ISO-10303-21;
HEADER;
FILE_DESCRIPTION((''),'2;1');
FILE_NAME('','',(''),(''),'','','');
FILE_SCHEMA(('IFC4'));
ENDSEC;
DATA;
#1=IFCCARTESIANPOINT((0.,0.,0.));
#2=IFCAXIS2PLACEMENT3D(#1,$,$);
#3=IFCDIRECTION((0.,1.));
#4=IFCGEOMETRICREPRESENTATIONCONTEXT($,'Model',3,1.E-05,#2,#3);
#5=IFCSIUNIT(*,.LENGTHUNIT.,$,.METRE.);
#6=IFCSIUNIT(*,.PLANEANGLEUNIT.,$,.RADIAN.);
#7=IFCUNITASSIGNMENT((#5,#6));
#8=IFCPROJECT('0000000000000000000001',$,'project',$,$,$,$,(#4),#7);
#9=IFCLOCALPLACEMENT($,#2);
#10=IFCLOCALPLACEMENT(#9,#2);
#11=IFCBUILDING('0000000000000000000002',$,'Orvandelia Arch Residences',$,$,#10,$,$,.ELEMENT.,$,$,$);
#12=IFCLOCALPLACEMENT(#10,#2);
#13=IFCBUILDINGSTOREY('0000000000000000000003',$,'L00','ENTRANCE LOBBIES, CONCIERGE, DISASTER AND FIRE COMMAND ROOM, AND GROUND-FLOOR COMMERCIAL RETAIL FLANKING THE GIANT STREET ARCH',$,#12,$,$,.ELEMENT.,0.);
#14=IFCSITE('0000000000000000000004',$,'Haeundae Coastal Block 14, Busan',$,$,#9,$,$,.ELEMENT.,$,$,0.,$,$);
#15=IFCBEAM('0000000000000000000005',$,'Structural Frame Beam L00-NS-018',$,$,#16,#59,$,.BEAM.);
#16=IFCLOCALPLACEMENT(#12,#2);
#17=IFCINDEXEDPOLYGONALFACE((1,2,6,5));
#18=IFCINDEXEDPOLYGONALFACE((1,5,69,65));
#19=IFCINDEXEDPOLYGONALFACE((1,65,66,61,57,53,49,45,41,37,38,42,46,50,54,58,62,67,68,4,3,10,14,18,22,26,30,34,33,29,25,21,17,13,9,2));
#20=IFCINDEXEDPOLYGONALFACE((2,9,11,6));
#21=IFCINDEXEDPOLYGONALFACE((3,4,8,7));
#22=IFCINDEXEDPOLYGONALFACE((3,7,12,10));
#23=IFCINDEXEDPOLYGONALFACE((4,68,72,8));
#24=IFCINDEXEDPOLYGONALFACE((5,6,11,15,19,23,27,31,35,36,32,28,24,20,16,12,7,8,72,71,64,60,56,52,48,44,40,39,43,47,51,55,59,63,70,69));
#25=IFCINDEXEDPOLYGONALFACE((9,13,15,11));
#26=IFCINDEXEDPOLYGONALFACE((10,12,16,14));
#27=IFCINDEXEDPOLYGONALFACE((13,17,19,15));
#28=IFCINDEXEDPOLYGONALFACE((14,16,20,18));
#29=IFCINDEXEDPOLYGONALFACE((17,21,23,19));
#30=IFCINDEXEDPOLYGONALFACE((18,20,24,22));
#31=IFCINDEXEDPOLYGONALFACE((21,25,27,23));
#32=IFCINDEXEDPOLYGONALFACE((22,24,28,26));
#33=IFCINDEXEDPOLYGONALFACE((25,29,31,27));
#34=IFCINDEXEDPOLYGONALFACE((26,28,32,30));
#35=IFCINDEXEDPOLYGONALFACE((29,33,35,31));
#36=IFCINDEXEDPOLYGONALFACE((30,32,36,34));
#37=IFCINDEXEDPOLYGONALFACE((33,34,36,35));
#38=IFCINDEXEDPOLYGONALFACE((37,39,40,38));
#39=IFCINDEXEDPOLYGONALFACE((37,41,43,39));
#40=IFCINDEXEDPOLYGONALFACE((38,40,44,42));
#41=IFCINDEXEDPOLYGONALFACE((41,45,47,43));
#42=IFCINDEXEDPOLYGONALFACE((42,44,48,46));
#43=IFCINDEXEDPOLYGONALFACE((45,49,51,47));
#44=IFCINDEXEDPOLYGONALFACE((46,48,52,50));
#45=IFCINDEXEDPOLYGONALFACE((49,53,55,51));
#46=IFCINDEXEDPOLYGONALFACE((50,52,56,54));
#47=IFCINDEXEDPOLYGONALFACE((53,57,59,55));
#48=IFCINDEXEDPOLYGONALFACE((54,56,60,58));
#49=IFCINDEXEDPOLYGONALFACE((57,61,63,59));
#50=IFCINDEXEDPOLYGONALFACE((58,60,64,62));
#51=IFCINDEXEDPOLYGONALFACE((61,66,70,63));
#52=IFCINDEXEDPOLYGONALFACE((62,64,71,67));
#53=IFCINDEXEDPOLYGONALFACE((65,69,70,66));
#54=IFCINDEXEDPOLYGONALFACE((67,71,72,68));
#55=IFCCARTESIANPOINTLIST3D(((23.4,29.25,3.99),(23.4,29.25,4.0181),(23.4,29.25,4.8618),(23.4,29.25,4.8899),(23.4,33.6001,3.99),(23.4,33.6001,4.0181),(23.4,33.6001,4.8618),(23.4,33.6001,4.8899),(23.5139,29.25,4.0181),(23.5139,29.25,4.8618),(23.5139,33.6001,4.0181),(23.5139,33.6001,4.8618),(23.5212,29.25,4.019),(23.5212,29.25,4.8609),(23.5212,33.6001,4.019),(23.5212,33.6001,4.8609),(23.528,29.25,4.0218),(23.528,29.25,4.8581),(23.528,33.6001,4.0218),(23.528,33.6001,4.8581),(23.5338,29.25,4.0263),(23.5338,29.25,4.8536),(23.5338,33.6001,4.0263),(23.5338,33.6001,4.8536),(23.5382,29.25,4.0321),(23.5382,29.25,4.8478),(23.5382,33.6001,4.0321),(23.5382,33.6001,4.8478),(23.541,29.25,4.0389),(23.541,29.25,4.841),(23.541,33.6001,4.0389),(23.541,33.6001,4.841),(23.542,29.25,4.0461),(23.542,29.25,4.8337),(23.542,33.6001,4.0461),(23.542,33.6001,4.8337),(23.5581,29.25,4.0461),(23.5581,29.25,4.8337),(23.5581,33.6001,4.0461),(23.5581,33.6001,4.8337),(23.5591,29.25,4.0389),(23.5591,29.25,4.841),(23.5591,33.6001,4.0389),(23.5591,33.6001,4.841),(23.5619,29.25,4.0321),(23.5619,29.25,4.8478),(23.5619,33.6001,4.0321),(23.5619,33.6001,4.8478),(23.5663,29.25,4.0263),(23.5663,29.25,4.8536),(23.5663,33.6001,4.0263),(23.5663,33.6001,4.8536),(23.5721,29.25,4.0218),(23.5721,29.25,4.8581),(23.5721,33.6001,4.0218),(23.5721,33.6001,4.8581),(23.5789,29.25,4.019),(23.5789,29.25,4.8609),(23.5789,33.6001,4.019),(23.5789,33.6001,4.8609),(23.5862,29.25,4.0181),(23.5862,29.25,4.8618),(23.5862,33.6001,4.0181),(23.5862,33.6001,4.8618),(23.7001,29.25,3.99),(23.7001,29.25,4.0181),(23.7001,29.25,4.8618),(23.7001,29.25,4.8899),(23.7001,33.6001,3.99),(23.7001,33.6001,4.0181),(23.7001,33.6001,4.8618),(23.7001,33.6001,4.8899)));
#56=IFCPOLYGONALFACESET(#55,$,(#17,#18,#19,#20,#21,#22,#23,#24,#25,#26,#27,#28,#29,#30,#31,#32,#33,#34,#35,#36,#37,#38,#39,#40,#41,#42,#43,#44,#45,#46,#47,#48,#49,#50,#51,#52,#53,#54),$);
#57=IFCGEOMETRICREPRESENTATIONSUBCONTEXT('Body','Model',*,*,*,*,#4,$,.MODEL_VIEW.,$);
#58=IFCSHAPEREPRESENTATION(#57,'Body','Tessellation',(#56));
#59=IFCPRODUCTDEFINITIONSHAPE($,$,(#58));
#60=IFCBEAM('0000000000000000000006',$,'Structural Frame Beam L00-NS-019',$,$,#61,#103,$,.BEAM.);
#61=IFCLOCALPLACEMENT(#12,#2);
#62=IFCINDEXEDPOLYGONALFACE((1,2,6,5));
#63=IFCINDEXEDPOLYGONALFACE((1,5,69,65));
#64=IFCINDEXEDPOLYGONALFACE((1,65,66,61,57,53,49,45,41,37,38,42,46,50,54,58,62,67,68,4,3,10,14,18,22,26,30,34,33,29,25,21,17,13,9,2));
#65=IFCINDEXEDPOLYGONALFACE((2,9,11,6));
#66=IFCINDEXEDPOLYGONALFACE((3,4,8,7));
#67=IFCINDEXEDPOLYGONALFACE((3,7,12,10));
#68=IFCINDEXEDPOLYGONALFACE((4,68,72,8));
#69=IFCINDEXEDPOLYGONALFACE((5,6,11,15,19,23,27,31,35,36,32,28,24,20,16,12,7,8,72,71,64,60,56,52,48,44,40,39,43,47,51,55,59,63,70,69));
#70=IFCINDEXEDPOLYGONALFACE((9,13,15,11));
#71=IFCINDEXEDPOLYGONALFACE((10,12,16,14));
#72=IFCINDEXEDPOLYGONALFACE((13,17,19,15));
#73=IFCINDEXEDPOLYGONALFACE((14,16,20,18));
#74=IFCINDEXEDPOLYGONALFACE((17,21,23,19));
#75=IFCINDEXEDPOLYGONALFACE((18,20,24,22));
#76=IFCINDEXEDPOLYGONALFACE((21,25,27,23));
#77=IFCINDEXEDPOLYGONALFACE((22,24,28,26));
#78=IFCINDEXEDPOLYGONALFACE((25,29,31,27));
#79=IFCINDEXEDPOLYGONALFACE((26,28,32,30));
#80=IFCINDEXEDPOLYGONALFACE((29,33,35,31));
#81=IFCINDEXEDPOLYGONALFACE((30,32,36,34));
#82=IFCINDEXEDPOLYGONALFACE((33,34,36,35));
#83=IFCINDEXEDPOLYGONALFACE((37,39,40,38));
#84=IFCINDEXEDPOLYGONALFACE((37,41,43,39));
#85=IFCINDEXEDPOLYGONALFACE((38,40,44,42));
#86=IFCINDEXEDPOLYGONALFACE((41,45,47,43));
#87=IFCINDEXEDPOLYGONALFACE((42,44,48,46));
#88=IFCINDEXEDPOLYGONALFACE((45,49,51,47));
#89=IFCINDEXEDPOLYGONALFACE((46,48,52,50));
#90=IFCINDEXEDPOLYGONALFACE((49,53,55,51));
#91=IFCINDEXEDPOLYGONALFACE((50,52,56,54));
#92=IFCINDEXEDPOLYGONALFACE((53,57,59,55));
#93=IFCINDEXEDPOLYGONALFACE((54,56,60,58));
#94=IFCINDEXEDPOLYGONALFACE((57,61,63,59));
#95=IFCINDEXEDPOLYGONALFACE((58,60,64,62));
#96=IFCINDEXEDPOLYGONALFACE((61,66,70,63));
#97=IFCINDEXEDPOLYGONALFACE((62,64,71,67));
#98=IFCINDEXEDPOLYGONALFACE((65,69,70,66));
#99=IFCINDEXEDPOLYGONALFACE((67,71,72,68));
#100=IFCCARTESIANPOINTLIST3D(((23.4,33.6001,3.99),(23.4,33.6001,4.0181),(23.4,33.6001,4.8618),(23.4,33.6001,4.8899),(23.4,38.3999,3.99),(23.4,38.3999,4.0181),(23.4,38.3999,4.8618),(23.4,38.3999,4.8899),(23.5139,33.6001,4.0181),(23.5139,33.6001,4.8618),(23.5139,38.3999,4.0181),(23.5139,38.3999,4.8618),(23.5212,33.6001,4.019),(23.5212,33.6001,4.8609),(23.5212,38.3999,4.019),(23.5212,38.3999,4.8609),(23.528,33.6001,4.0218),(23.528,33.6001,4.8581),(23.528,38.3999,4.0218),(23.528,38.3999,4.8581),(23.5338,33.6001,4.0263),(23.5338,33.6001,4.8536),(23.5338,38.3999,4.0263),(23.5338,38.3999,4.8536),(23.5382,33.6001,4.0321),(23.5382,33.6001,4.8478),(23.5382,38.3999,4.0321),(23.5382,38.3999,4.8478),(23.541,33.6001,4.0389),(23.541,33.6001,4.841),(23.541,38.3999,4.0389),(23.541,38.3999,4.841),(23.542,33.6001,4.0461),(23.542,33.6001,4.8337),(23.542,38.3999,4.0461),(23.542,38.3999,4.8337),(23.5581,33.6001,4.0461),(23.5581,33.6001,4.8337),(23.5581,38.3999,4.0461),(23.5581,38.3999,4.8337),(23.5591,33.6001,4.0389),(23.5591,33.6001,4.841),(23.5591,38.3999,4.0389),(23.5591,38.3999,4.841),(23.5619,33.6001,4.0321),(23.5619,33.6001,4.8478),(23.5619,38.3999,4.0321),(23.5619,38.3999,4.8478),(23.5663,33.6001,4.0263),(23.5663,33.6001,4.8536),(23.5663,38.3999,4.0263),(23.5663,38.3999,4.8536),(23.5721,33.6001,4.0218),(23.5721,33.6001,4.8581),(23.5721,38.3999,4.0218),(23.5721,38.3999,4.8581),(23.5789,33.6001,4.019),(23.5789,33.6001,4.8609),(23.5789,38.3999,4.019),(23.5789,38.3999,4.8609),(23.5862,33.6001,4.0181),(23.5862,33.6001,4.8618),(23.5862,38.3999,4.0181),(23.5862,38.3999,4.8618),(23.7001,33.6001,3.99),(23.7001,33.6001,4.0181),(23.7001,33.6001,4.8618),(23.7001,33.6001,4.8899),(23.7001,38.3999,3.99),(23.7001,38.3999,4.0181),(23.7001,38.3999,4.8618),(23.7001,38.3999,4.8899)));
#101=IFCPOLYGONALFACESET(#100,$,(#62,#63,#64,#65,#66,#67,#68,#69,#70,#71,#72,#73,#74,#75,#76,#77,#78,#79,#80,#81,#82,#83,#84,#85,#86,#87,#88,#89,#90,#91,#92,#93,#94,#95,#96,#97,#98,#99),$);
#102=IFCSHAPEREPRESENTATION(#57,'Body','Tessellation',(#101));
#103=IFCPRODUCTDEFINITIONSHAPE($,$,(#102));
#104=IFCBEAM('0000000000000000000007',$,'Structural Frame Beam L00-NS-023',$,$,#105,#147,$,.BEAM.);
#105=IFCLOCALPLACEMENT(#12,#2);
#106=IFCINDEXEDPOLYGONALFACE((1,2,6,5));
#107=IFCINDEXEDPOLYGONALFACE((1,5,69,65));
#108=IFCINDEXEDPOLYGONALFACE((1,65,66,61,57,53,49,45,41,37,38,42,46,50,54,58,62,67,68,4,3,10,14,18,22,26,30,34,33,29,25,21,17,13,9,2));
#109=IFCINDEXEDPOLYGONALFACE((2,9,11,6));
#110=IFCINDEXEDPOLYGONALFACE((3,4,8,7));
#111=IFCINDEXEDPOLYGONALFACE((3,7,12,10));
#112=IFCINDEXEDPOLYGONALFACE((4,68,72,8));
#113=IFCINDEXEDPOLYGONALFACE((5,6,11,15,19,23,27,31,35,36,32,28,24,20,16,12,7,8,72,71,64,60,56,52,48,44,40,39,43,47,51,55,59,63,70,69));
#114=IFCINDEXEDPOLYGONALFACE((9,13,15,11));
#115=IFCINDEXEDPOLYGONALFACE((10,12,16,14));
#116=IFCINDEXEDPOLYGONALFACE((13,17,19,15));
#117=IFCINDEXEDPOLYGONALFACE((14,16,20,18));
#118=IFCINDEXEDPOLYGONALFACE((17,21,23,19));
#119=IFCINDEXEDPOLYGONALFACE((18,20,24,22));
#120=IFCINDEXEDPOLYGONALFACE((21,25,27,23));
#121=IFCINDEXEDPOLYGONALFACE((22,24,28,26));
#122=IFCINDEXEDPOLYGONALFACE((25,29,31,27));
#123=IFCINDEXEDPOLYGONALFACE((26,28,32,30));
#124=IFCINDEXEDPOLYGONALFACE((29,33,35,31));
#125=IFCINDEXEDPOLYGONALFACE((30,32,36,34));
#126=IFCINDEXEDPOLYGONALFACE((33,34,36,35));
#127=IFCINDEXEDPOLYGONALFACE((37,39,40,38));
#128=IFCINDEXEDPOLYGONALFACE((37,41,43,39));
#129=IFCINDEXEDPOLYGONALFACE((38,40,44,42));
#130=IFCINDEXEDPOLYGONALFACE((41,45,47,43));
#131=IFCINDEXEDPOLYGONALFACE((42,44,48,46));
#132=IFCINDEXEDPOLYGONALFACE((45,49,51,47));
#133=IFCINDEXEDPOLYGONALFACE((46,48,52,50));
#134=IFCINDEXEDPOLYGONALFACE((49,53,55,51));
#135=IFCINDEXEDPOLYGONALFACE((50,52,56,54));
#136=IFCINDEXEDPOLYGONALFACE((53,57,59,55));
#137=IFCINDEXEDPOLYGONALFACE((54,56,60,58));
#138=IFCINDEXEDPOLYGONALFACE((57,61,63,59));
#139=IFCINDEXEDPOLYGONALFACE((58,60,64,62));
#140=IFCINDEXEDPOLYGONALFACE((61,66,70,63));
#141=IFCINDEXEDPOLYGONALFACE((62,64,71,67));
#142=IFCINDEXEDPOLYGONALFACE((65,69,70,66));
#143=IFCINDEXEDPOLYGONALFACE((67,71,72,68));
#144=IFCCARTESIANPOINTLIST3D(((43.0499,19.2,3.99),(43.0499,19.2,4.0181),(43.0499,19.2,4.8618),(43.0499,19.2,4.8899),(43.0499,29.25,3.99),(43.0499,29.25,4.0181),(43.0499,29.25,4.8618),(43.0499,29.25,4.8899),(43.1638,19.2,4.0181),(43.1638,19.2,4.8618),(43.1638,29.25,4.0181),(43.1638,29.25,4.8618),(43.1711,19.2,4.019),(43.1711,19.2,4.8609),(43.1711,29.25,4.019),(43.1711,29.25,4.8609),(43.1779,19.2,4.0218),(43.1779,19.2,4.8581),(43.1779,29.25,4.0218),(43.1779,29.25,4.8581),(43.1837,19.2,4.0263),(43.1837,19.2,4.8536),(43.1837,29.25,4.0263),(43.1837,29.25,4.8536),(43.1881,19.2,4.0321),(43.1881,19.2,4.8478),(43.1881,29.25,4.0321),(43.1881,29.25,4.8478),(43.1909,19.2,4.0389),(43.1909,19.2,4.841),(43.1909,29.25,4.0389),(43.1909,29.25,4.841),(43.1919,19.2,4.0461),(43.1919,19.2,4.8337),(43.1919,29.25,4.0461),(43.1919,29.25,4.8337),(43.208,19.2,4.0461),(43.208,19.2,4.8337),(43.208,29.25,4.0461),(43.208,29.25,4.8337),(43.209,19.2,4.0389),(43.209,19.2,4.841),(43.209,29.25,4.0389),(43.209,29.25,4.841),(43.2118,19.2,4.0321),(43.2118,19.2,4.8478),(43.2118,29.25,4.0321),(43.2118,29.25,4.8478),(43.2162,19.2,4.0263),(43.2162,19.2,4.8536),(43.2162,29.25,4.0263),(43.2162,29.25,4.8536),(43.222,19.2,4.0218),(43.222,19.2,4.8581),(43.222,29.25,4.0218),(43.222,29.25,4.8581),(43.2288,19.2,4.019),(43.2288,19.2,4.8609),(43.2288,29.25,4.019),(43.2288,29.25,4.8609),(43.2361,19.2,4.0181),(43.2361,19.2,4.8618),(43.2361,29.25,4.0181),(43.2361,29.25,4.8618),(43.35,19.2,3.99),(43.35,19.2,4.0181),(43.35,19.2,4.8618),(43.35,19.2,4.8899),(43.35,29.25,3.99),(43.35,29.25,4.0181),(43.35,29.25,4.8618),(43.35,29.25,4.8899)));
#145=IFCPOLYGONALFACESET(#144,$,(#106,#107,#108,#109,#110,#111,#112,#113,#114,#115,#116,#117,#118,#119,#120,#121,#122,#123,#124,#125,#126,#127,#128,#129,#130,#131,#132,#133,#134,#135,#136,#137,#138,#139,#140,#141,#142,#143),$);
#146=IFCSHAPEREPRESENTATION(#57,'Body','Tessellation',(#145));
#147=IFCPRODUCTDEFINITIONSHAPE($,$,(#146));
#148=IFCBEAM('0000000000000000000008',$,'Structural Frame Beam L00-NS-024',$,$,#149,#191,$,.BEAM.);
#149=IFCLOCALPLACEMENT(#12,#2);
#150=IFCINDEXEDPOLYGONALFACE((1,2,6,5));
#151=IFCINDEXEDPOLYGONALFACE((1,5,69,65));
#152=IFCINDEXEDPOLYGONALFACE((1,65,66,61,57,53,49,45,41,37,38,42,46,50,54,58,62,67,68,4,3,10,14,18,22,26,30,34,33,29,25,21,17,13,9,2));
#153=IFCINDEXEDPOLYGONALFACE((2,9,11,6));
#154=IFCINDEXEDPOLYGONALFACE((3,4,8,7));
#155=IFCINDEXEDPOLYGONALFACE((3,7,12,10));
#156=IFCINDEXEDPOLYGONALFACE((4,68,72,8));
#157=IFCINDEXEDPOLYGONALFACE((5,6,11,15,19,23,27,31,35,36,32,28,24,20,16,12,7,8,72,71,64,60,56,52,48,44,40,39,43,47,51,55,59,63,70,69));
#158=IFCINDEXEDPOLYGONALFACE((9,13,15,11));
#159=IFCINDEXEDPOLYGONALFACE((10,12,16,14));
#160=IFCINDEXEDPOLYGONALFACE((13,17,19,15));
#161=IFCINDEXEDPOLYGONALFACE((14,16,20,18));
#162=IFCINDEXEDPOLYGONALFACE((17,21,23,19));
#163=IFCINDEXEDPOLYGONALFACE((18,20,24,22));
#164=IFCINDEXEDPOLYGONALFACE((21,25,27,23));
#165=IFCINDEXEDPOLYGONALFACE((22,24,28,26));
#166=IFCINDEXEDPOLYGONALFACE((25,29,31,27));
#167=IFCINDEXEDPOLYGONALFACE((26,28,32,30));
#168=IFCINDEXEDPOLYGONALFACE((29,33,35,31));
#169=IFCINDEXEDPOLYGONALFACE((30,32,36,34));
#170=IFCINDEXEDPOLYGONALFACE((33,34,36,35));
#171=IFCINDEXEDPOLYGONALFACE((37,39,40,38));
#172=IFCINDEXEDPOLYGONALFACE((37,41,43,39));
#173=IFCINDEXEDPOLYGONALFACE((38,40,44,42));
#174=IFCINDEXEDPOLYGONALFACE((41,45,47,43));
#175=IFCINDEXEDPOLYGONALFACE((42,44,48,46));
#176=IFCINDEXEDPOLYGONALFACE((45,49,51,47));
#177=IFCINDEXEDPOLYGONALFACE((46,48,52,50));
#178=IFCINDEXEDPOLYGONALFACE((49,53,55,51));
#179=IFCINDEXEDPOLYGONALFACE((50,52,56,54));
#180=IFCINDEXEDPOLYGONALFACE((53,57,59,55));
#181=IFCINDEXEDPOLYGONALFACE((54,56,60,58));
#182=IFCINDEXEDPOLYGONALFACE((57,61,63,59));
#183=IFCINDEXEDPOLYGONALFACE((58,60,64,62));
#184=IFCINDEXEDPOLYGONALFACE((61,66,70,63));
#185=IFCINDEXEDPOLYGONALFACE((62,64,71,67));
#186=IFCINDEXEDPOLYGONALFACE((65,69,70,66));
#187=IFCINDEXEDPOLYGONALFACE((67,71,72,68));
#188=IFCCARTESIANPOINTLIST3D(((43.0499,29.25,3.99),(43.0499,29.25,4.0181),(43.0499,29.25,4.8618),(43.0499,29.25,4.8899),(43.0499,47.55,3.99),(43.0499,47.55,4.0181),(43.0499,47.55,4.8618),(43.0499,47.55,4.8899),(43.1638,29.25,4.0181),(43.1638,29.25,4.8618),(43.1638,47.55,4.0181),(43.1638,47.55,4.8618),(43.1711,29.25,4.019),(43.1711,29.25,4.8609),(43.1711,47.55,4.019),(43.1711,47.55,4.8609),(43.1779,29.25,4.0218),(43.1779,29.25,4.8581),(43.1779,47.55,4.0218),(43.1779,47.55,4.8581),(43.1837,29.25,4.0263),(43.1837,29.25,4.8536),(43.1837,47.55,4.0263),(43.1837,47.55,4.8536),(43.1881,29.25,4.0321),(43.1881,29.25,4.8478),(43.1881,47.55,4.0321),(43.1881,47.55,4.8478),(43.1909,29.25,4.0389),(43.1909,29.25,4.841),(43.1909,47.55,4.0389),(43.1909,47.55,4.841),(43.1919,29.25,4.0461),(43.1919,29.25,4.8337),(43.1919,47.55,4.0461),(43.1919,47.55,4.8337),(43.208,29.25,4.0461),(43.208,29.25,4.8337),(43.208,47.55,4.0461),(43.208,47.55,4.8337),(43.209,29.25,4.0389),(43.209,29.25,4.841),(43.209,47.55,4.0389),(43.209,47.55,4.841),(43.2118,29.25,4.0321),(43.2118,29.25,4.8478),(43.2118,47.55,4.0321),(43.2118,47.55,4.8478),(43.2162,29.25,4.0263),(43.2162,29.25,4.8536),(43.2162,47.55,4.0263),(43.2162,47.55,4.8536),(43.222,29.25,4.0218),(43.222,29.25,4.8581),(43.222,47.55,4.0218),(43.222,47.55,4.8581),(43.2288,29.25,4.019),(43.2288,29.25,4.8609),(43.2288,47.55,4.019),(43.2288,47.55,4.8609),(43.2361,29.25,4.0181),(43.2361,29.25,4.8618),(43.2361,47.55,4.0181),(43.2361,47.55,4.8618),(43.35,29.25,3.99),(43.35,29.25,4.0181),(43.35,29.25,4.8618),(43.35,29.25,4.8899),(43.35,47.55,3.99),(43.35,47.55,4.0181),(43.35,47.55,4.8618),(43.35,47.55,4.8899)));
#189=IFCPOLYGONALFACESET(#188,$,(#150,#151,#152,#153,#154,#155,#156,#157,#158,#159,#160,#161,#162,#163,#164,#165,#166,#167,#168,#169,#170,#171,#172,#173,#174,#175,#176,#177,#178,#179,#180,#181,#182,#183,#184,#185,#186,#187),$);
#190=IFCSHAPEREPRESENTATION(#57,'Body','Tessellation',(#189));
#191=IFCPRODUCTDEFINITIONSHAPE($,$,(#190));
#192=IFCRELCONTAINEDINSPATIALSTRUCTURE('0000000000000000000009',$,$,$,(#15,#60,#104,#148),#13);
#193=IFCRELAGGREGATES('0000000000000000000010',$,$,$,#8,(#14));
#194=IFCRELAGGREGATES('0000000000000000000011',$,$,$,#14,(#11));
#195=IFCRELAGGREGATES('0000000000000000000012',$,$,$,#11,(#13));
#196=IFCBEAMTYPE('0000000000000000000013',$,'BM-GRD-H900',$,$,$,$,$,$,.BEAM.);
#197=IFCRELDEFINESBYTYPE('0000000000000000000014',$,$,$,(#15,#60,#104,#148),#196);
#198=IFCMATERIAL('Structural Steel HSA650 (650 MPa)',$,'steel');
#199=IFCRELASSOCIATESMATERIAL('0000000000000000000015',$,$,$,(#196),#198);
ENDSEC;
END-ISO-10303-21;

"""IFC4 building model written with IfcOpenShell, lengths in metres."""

from ifc_helpers import new_model, si_unit, direction, frame, origin, origin_2d, place, context, subcontext, project, spatial, i_section, extrude, material, material_profile, profile_set, type_object, element, save


model = new_model("IFC4")

# Units and contexts
model_context = context("Model", 3, precision=1e-05, world=origin(), true_north=direction((0.0, 1.0)))
body_context = subcontext(model_context, "Body", "Model", "MODEL_VIEW")
ifc_project = project(units=[si_unit("LENGTHUNIT", "METRE"), si_unit("PLANEANGLEUNIT", "RADIAN")], contexts=[model_context])

# Site, building, storey
site_placement = place(None, origin())
site = spatial("IfcSite", under=ifc_project, at=site_placement, Name="Haeundae Coastal Block 14, Busan", CompositionType="ELEMENT", RefElevation=0.0)
building_placement = place(site_placement, origin())
building = spatial("IfcBuilding", under=site, at=building_placement, Name="Orvandelia Arch Residences", CompositionType="ELEMENT")
storey_placement = place(building_placement, origin())
storey = spatial("IfcBuildingStorey", under=building, at=storey_placement, Name="L00", Description="ENTRANCE LOBBIES, CONCIERGE, DISASTER AND FIRE COMMAND ROOM, AND GROUND-FLOOR COMMERCIAL RETAIL FLANKING THE GIANT STREET ARCH", CompositionType="ELEMENT", Elevation=0.0)

# Beams
ifc_material_1 = material(Name="Structural Steel HSA650 (650 MPa)", Category="steel")
ifc_material_profile_1 = material_profile(ifc_material_1, i_section(OverallWidth=0.3, OverallDepth=0.8999, WebThickness=0.0161, FlangeThickness=0.0281, FilletRadius=0.0281, at=origin_2d()), Name="Structural Steel HSA650 (650 MPa)", Category="steel")
ifc_profile_set_1 = profile_set([ifc_material_profile_1], Name="Structural Steel HSA650 (650 MPa)")
beam_type = type_object("IfcBeamType", Name="BM-GRD-H900", PredefinedType="BEAM", material=ifc_profile_set_1)
beam_1_placement = place(storey_placement, frame((23.55, 29.25, 4.4399), z_axis=(0.0, 1.0, 0.0), x_axis=(-1.0, 0.0, 0.0)))
element("IfcBeam", 1, at=beam_1_placement, inside=storey, type_object=beam_type, Name="Structural Frame Beam L00-NS-018", PredefinedType="BEAM", context=body_context, shape_type="SweptSolid", body=[
    extrude(i_section(OverallWidth=0.3, OverallDepth=0.8999, WebThickness=0.0161, FlangeThickness=0.0281, FilletRadius=0.0281, at=origin_2d()), origin(), (0.0, 0.0, 1.0), 4.3501),
])
beam_2_placement = place(storey_placement, frame((23.55, 33.6001, 4.4399), z_axis=(0.0, 1.0, 0.0), x_axis=(-1.0, 0.0, 0.0)))
element("IfcBeam", 2, at=beam_2_placement, inside=storey, type_object=beam_type, Name="Structural Frame Beam L00-NS-019", PredefinedType="BEAM", context=body_context, shape_type="SweptSolid", body=[
    extrude(i_section(OverallWidth=0.3, OverallDepth=0.8999, WebThickness=0.0161, FlangeThickness=0.0281, FilletRadius=0.0281, at=origin_2d()), origin(), (0.0, 0.0, 1.0), 4.7998),
])
beam_3_placement = place(storey_placement, frame((43.2, 19.2, 4.4399), z_axis=(0.0, 1.0, 0.0), x_axis=(-1.0, 0.0, 0.0)))
element("IfcBeam", 3, at=beam_3_placement, inside=storey, type_object=beam_type, Name="Structural Frame Beam L00-NS-023", PredefinedType="BEAM", context=body_context, shape_type="SweptSolid", body=[
    extrude(i_section(OverallWidth=0.3, OverallDepth=0.8999, WebThickness=0.0161, FlangeThickness=0.0281, FilletRadius=0.0281, at=origin_2d()), origin(), (0.0, 0.0, 1.0), 10.05),
])
beam_4_placement = place(storey_placement, frame((43.2, 29.25, 4.4399), z_axis=(0.0, 1.0, 0.0), x_axis=(-1.0, 0.0, 0.0)))
element("IfcBeam", 4, at=beam_4_placement, inside=storey, type_object=beam_type, Name="Structural Frame Beam L00-NS-024", PredefinedType="BEAM", context=body_context, shape_type="SweptSolid", body=[
    extrude(i_section(OverallWidth=0.3, OverallDepth=0.8999, WebThickness=0.0161, FlangeThickness=0.0281, FilletRadius=0.0281, at=origin_2d()), origin(), (0.0, 0.0, 1.0), 18.3),
])

save(model, "model.ifc")
